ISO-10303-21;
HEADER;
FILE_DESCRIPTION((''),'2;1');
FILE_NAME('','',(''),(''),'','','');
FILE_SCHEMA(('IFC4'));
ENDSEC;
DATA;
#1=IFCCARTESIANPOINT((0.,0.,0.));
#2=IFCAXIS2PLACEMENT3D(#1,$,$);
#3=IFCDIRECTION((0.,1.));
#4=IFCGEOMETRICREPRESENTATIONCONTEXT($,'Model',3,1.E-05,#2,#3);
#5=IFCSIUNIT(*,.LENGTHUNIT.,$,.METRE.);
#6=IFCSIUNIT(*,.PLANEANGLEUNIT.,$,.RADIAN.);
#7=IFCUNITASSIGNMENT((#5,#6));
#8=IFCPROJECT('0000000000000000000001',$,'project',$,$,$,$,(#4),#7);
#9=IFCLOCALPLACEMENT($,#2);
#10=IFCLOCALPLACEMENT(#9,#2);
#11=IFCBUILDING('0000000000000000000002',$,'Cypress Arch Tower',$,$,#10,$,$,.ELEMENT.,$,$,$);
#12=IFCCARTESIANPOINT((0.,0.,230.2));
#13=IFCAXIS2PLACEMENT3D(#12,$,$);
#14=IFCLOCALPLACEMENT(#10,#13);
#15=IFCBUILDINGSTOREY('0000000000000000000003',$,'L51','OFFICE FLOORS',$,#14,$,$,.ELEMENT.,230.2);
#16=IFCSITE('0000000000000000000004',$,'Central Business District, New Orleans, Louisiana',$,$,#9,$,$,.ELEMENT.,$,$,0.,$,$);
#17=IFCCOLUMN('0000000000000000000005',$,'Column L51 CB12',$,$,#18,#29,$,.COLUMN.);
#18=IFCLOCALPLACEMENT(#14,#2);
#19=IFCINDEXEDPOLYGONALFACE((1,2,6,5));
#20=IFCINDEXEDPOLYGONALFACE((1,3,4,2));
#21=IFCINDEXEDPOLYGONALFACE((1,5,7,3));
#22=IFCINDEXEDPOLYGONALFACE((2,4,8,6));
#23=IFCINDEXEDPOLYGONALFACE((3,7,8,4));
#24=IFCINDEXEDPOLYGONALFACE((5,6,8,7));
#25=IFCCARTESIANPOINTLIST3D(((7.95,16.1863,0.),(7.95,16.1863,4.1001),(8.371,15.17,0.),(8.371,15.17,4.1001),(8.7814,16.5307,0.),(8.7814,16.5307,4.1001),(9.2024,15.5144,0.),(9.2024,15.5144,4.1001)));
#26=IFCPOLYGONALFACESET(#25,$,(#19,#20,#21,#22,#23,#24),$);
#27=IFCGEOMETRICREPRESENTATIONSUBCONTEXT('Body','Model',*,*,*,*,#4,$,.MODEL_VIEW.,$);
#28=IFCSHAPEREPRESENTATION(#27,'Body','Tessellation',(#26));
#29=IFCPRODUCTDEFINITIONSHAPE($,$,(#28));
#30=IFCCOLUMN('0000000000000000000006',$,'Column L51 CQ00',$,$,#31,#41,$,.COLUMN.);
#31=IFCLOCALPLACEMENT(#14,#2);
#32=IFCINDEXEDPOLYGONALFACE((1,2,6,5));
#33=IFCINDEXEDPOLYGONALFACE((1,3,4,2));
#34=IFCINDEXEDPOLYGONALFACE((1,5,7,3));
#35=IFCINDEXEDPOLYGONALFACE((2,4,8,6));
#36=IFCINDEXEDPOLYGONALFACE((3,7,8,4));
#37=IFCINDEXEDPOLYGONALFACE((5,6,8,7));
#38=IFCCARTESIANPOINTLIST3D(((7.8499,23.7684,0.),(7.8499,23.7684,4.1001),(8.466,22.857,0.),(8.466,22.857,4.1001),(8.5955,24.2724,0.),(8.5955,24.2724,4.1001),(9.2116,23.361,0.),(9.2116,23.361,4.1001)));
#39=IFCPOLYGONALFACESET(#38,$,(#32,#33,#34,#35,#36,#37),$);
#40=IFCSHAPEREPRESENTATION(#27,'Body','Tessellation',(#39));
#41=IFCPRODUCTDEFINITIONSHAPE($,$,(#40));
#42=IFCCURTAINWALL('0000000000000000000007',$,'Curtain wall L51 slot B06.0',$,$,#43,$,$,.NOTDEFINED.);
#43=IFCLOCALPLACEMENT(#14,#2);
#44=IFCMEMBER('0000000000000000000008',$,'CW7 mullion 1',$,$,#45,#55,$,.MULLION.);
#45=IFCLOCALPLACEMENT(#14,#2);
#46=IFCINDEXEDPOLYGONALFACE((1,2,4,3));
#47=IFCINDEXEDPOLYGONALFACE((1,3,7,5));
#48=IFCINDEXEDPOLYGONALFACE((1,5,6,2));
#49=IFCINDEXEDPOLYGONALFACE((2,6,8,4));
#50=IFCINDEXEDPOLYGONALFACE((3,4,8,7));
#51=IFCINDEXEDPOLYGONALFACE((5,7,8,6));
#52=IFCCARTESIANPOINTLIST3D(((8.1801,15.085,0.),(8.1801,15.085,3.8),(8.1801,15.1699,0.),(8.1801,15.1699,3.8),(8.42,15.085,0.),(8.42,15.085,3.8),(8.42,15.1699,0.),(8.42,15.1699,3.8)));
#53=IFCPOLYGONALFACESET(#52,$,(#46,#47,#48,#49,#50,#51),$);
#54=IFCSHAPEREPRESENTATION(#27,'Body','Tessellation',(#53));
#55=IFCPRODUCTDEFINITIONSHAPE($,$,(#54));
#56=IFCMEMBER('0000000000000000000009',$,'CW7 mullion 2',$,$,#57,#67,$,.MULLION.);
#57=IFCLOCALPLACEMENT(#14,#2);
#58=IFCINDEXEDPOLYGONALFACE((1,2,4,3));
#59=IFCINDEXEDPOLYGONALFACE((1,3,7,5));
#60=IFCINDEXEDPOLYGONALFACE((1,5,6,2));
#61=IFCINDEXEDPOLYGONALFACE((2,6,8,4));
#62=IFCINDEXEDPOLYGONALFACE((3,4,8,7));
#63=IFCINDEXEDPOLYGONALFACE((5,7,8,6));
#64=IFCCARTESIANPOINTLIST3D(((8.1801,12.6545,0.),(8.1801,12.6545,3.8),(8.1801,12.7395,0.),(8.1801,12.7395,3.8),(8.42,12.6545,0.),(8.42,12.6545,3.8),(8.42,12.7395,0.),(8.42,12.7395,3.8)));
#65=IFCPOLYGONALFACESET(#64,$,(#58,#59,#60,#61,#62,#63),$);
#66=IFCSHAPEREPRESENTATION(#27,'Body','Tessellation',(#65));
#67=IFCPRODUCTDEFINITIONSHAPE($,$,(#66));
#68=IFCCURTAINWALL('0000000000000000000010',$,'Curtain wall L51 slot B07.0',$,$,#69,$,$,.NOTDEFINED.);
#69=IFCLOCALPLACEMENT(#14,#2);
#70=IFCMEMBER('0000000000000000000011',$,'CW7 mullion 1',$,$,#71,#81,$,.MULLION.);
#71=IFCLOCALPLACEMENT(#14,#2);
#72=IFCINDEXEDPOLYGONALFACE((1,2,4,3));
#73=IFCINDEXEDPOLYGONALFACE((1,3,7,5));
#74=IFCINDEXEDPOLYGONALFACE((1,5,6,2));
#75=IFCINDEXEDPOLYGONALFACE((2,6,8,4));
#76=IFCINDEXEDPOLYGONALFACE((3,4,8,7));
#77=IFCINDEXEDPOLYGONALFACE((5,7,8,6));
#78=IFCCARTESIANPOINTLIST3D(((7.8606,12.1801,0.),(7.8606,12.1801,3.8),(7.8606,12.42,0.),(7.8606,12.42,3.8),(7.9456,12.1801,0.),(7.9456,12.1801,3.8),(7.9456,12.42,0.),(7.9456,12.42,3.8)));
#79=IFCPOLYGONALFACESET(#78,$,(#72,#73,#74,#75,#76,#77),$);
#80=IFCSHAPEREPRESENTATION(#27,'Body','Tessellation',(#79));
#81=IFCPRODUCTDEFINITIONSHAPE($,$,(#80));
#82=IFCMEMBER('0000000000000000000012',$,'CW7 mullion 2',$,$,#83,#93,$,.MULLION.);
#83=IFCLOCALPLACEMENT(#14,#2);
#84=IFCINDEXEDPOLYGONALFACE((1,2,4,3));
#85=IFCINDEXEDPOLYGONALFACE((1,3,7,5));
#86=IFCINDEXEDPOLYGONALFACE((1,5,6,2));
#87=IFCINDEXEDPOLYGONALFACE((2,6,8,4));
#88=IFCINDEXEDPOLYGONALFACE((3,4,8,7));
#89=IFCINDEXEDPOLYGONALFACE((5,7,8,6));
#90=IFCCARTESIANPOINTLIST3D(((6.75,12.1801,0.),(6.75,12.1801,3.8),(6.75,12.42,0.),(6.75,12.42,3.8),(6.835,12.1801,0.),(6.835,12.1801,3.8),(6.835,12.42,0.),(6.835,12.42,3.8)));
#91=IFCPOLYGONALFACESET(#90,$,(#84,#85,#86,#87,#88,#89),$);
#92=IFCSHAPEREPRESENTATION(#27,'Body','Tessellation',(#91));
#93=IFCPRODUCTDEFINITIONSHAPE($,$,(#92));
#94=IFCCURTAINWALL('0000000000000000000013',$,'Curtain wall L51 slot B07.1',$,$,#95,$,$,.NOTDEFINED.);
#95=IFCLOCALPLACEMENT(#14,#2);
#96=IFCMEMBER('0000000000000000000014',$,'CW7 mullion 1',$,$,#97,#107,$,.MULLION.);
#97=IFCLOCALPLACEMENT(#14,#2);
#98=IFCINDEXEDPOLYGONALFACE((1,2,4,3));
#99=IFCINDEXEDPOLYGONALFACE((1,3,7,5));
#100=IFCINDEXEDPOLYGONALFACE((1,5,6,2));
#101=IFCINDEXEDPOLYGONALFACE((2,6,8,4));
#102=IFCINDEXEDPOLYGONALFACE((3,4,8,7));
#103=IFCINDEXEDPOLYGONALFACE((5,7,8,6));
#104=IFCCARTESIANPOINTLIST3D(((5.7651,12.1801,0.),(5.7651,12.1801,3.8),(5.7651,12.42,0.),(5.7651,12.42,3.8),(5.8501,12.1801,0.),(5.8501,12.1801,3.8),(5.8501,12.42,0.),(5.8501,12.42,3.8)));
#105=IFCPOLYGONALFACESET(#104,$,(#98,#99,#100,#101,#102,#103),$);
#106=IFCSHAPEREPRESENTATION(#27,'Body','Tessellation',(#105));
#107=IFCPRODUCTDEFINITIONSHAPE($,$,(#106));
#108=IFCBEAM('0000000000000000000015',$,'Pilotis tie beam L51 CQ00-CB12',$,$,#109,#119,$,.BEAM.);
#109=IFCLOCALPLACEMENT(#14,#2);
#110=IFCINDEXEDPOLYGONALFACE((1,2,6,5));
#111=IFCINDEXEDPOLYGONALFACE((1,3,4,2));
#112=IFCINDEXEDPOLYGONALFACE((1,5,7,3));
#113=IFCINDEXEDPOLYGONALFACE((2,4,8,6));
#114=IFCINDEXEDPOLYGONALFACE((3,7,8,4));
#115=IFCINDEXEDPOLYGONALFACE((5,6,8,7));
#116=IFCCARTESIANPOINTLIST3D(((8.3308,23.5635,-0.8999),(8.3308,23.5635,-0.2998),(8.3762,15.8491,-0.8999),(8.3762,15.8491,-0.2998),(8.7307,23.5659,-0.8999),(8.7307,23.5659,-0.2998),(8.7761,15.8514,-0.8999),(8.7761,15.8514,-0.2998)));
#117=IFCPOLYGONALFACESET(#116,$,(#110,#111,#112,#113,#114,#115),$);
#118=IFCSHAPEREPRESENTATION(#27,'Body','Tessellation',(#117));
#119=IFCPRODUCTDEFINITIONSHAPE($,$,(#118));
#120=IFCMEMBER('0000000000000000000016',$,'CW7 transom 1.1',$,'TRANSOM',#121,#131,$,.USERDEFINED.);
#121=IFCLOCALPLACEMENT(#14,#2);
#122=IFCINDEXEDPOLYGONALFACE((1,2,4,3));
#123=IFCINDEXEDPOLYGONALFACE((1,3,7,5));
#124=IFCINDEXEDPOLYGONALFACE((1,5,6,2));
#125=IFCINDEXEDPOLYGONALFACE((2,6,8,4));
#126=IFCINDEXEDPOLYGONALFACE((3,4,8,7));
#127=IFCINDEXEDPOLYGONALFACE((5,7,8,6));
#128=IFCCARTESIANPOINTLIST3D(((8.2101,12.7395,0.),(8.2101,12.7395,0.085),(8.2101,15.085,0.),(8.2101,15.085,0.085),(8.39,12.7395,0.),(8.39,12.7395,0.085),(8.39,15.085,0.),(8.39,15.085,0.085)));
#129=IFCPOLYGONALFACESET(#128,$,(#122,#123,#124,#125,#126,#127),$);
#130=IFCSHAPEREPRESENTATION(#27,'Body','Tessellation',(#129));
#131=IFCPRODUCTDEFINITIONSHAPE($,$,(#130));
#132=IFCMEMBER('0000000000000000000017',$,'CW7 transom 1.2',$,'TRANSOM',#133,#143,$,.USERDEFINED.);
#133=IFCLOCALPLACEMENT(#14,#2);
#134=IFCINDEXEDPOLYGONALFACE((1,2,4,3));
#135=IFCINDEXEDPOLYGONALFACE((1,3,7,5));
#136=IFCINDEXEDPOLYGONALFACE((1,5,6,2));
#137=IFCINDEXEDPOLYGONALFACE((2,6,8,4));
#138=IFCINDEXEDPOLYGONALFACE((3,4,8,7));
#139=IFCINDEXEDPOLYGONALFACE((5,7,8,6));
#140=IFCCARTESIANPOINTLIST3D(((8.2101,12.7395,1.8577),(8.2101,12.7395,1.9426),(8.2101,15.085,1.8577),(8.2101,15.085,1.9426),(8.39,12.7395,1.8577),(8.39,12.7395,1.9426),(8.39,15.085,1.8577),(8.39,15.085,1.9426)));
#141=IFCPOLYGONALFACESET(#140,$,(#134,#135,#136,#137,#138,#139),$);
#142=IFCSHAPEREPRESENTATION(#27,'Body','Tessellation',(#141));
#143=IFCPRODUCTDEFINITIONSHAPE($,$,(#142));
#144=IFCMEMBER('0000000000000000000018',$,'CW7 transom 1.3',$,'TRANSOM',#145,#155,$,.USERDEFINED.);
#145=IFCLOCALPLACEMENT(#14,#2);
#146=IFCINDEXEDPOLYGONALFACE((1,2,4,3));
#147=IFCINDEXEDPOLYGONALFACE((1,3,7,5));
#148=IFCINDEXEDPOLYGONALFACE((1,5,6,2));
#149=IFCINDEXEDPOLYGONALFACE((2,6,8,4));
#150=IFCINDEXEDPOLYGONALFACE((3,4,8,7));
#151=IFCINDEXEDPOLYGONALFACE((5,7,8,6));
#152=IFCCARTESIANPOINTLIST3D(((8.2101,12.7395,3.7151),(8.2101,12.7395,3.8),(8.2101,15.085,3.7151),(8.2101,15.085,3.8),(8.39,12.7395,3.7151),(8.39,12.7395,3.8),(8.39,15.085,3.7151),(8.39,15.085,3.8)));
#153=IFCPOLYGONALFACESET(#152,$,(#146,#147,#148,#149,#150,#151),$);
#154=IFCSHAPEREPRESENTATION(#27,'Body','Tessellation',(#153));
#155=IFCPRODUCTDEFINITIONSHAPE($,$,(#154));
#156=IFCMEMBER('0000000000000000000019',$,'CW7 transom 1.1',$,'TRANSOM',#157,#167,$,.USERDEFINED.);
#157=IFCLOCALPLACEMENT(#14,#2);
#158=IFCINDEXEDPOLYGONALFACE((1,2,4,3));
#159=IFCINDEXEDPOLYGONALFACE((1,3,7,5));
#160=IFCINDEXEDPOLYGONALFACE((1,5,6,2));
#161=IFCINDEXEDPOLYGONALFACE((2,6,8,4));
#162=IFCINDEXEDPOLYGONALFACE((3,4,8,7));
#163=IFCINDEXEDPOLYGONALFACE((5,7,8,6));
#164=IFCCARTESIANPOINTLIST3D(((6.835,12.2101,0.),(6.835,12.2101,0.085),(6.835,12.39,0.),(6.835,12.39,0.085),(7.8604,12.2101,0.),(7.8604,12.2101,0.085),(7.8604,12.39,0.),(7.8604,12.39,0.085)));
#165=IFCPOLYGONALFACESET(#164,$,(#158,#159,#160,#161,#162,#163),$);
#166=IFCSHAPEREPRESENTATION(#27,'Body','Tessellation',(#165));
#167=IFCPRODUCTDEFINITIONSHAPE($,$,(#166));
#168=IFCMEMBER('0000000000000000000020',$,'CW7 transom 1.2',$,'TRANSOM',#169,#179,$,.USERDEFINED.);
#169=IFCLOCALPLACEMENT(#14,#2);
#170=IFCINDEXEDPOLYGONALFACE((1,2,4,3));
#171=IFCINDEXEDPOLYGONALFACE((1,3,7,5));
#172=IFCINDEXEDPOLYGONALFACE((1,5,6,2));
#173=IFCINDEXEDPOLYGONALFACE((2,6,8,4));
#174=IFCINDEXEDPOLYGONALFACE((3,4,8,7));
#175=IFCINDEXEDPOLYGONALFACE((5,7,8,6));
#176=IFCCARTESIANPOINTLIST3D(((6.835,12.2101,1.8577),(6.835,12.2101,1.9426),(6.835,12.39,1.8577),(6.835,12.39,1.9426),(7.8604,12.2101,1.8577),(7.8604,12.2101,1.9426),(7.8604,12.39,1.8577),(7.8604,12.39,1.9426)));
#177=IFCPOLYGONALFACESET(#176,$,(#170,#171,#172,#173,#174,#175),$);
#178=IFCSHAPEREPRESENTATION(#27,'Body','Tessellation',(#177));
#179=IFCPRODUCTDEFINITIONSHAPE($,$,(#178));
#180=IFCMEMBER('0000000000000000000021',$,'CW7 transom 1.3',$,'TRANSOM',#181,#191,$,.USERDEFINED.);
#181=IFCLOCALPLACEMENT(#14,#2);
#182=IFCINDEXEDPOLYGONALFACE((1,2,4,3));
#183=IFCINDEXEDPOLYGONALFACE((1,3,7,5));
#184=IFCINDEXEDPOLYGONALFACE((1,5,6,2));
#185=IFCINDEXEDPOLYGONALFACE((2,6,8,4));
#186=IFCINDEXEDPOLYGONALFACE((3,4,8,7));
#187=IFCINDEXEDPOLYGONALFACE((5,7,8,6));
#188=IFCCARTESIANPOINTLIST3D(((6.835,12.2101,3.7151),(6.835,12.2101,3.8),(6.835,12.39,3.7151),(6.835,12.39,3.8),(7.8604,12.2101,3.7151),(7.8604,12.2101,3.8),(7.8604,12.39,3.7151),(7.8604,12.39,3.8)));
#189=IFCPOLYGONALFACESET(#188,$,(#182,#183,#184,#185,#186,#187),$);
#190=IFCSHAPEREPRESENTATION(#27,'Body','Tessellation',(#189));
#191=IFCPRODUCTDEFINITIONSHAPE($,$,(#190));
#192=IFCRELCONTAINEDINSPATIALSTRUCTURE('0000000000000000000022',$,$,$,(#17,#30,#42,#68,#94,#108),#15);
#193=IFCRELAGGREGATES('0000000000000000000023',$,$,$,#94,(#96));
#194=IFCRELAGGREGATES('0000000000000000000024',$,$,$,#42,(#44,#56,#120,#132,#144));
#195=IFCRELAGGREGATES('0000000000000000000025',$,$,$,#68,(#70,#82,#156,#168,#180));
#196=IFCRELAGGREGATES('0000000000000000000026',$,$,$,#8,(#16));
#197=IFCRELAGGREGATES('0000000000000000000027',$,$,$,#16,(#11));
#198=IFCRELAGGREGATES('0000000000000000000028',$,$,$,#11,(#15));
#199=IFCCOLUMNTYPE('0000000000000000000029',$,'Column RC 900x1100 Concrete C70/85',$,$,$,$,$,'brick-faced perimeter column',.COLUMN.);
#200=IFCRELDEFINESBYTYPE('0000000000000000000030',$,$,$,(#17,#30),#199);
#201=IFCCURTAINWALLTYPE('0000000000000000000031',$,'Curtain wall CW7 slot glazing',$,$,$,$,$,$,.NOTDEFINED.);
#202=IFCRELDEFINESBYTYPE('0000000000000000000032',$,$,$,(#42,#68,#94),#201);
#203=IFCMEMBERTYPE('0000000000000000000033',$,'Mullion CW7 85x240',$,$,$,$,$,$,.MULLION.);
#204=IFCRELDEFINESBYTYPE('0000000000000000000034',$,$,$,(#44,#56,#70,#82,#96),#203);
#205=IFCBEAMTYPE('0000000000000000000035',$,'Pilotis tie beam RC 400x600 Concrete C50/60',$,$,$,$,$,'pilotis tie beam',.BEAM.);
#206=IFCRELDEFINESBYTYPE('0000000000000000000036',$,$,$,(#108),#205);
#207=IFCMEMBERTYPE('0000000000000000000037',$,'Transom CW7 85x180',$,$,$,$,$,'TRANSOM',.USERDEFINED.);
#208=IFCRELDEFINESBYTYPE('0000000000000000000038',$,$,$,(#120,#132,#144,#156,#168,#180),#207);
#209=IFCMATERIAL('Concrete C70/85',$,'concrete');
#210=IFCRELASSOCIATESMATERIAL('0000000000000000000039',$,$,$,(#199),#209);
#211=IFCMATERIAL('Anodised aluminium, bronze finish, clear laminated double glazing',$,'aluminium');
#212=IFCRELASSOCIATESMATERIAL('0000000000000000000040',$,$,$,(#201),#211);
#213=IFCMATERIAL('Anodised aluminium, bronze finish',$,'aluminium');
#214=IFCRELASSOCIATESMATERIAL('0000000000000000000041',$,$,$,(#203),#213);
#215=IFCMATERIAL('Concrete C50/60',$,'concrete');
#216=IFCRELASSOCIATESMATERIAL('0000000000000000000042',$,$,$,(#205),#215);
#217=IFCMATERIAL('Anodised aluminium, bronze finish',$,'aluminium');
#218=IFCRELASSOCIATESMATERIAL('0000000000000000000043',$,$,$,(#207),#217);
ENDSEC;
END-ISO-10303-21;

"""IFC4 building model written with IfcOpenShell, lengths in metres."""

from ifc_helpers import new_model, si_unit, direction, frame, origin, origin_2d, place, context, subcontext, project, spatial, rectangle, extrude, material, material_profile, profile_set, type_object, element, aggregate, save


model = new_model("IFC4")

# Units and contexts
model_context = context("Model", 3, precision=1e-05, world=origin(), true_north=direction((0.0, 1.0)))
body_context = subcontext(model_context, "Body", "Model", "MODEL_VIEW")
ifc_project = project(units=[si_unit("LENGTHUNIT", "METRE"), si_unit("PLANEANGLEUNIT", "RADIAN")], contexts=[model_context])

# Site, building, storey
site_placement = place(None, origin())
site = spatial("IfcSite", under=ifc_project, at=site_placement, Name="Central Business District, New Orleans, Louisiana", CompositionType="ELEMENT", RefElevation=0.0)
building_placement = place(site_placement, origin())
building = spatial("IfcBuilding", under=site, at=building_placement, Name="Cypress Arch Tower", CompositionType="ELEMENT")
storey_placement = place(building_placement, frame((0.0, 0.0, 230.2)))
storey = spatial("IfcBuildingStorey", under=building, at=storey_placement, Name="L51", Description="OFFICE FLOORS", CompositionType="ELEMENT", Elevation=230.2)

# Columns
ifc_material_1 = material(Name="Concrete C70/85", Category="concrete")
ifc_material_profile_1 = material_profile(ifc_material_1, rectangle(XDim=0.8999, YDim=1.1001, at=origin_2d()), Name="RC 900x1100")
ifc_profile_set_1 = profile_set([ifc_material_profile_1], Name="Concrete C70/85")
column_type = type_object("IfcColumnType", Name="Column RC 900x1100 Concrete C70/85", ElementType="brick-faced perimeter column", PredefinedType="COLUMN", material=ifc_profile_set_1)
for number, where, z_axis, x_axis, name in (
    (1, (8.5762, 15.8503, 0.0), (0.0, 0.0, 1.0), (-0.92388, -0.382683, 0.0), "Column L51 CB12"),
    (2, (8.5308, 23.5647, 0.0), (0.0, 0.0, 1.0), (-0.82847, -0.560034, 0.0), "Column L51 CQ00"),
):
    element("IfcColumn", number, at=place(storey_placement, frame(where, z_axis=z_axis, x_axis=x_axis)), inside=storey, type_object=column_type, Name=name, PredefinedType="COLUMN", context=body_context, shape_type="SweptSolid", body=[
        extrude(rectangle(XDim=0.8999, YDim=1.1001, at=origin_2d()), origin(), (0.0, 0.0, 1.0), 4.1001),
    ])

# Curtain walls, members
ifc_material_2 = material(Name="Anodised aluminium, bronze finish, clear laminated double glazing", Category="aluminium")
curtain_wall_type = type_object("IfcCurtainWallType", Name="Curtain wall CW7 slot glazing", PredefinedType="NOTDEFINED", material=ifc_material_2)
curtain_wall_1_placement = place(storey_placement, origin())
curtain_wall_1 = element("IfcCurtainWall", 3, at=curtain_wall_1_placement, inside=storey, type_object=curtain_wall_type, Name="Curtain wall L51 slot B06.0", PredefinedType="NOTDEFINED")
ifc_material_3 = material(Name="Anodised aluminium, bronze finish", Category="aluminium")
ifc_material_profile_2 = material_profile(ifc_material_3, rectangle(XDim=0.24, YDim=0.085, at=origin_2d()), Name="Mullion 85x240")
ifc_profile_set_2 = profile_set([ifc_material_profile_2], Name="Anodised aluminium, bronze finish")
member_type_1 = type_object("IfcMemberType", Name="Mullion CW7 85x240", PredefinedType="MULLION", material=ifc_profile_set_2)
member_1_placement = place(storey_placement, frame((8.3, 15.1274, 0.0), z_axis=(0.0, 0.0, 1.0), x_axis=(1.0, 0.0, 0.0)))
member_1 = element("IfcMember", 4, at=member_1_placement, type_object=member_type_1, Name="CW7 mullion 1", PredefinedType="MULLION", context=body_context, shape_type="SweptSolid", body=[
    extrude(rectangle(XDim=0.24, YDim=0.085, at=origin_2d()), origin(), (0.0, 0.0, 1.0), 3.8),
])
member_2_placement = place(storey_placement, frame((8.3, 12.697, 0.0), z_axis=(0.0, 0.0, 1.0), x_axis=(1.0, 0.0, 0.0)))
member_2 = element("IfcMember", 5, at=member_2_placement, type_object=member_type_1, Name="CW7 mullion 2", PredefinedType="MULLION", context=body_context, shape_type="SweptSolid", body=[
    extrude(rectangle(XDim=0.24, YDim=0.085, at=origin_2d()), origin(), (0.0, 0.0, 1.0), 3.8),
])
curtain_wall_2_placement = place(storey_placement, origin())
curtain_wall_2 = element("IfcCurtainWall", 6, at=curtain_wall_2_placement, inside=storey, type_object=curtain_wall_type, Name="Curtain wall L51 slot B07.0", PredefinedType="NOTDEFINED")
member_3_placement = place(storey_placement, frame((7.9031, 12.3, 0.0), z_axis=(0.0, 0.0, 1.0), x_axis=(0.0, -1.0, 0.0)))
member_3 = element("IfcMember", 7, at=member_3_placement, type_object=member_type_1, Name="CW7 mullion 1", PredefinedType="MULLION", context=body_context, shape_type="SweptSolid", body=[
    extrude(rectangle(XDim=0.24, YDim=0.085, at=origin_2d()), origin(), (0.0, 0.0, 1.0), 3.8),
])
member_4_placement = place(storey_placement, frame((6.7925, 12.3, 0.0), z_axis=(0.0, 0.0, 1.0), x_axis=(0.0, -1.0, 0.0)))
member_4 = element("IfcMember", 8, at=member_4_placement, type_object=member_type_1, Name="CW7 mullion 2", PredefinedType="MULLION", context=body_context, shape_type="SweptSolid", body=[
    extrude(rectangle(XDim=0.24, YDim=0.085, at=origin_2d()), origin(), (0.0, 0.0, 1.0), 3.8),
])

# Curtain wall, member
curtain_wall_3_placement = place(storey_placement, origin())
curtain_wall_3 = element("IfcCurtainWall", 9, at=curtain_wall_3_placement, inside=storey, type_object=curtain_wall_type, Name="Curtain wall L51 slot B07.1", PredefinedType="NOTDEFINED")
member_5_placement = place(storey_placement, frame((5.8076, 12.3, 0.0), z_axis=(0.0, 0.0, 1.0), x_axis=(0.0, -1.0, 0.0)))
member_5 = element("IfcMember", 10, at=member_5_placement, type_object=member_type_1, Name="CW7 mullion 1", PredefinedType="MULLION", context=body_context, shape_type="SweptSolid", body=[
    extrude(rectangle(XDim=0.24, YDim=0.085, at=origin_2d()), origin(), (0.0, 0.0, 1.0), 3.8),
])

# Beam
ifc_material_4 = material(Name="Concrete C50/60", Category="concrete")
ifc_material_profile_3 = material_profile(ifc_material_4, rectangle(XDim=0.3999, YDim=0.6001, at=origin_2d()), Name="RC 400x600")
ifc_profile_set_3 = profile_set([ifc_material_profile_3], Name="Concrete C50/60")
beam_type = type_object("IfcBeamType", Name="Pilotis tie beam RC 400x600 Concrete C50/60", ElementType="pilotis tie beam", PredefinedType="BEAM", material=ifc_profile_set_3)
beam_placement = place(storey_placement, frame((8.5308, 23.5647, -0.5999), z_axis=(0.005886, -0.999983, 0.0), x_axis=(0.999983, 0.005886, 0.0)))
element("IfcBeam", 11, at=beam_placement, inside=storey, type_object=beam_type, Name="Pilotis tie beam L51 CQ00-CB12", PredefinedType="BEAM", context=body_context, shape_type="SweptSolid", body=[
    extrude(rectangle(XDim=0.3999, YDim=0.6001, at=origin_2d()), origin(), (0.0, 0.0, 1.0), 7.7146),
])

# Members
ifc_material_5 = material(Name="Anodised aluminium, bronze finish", Category="aluminium")
ifc_material_profile_4 = material_profile(ifc_material_5, rectangle(XDim=0.1799, YDim=0.085, at=origin_2d()), Name="Transom 85x180")
ifc_profile_set_4 = profile_set([ifc_material_profile_4], Name="Anodised aluminium, bronze finish")
member_type_2 = type_object("IfcMemberType", Name="Transom CW7 85x180", ElementType="TRANSOM", PredefinedType="USERDEFINED", material=ifc_profile_set_4)
member_6_placement = place(storey_placement, frame((8.3, 15.085, 0.0425), z_axis=(0.0, -1.0, 0.0), x_axis=(1.0, 0.0, 0.0)))
member_6 = element("IfcMember", 12, at=member_6_placement, type_object=member_type_2, Name="CW7 transom 1.1", ObjectType="TRANSOM", PredefinedType="USERDEFINED", context=body_context, shape_type="SweptSolid", body=[
    extrude(rectangle(XDim=0.1799, YDim=0.085, at=origin_2d()), origin(), (0.0, 0.0, 1.0), 2.3455),
])
member_7_placement = place(storey_placement, frame((8.3, 15.085, 1.9001), z_axis=(0.0, -1.0, 0.0), x_axis=(1.0, 0.0, 0.0)))
member_7 = element("IfcMember", 13, at=member_7_placement, type_object=member_type_2, Name="CW7 transom 1.2", ObjectType="TRANSOM", PredefinedType="USERDEFINED", context=body_context, shape_type="SweptSolid", body=[
    extrude(rectangle(XDim=0.1799, YDim=0.085, at=origin_2d()), origin(), (0.0, 0.0, 1.0), 2.3455),
])
member_8_placement = place(storey_placement, frame((8.3, 15.085, 3.7576), z_axis=(0.0, -1.0, 0.0), x_axis=(1.0, 0.0, 0.0)))
member_8 = element("IfcMember", 14, at=member_8_placement, type_object=member_type_2, Name="CW7 transom 1.3", ObjectType="TRANSOM", PredefinedType="USERDEFINED", context=body_context, shape_type="SweptSolid", body=[
    extrude(rectangle(XDim=0.1799, YDim=0.085, at=origin_2d()), origin(), (0.0, 0.0, 1.0), 2.3455),
])
member_9_placement = place(storey_placement, frame((7.8604, 12.3, 0.0425), z_axis=(-1.0, 0.0, 0.0), x_axis=(0.0, -1.0, 0.0)))
member_9 = element("IfcMember", 15, at=member_9_placement, type_object=member_type_2, Name="CW7 transom 1.1", ObjectType="TRANSOM", PredefinedType="USERDEFINED", context=body_context, shape_type="SweptSolid", body=[
    extrude(rectangle(XDim=0.1799, YDim=0.085, at=origin_2d()), origin(), (0.0, 0.0, 1.0), 1.0254),
])
member_10_placement = place(storey_placement, frame((7.8604, 12.3, 1.9001), z_axis=(-1.0, 0.0, 0.0), x_axis=(0.0, -1.0, 0.0)))
member_10 = element("IfcMember", 16, at=member_10_placement, type_object=member_type_2, Name="CW7 transom 1.2", ObjectType="TRANSOM", PredefinedType="USERDEFINED", context=body_context, shape_type="SweptSolid", body=[
    extrude(rectangle(XDim=0.1799, YDim=0.085, at=origin_2d()), origin(), (0.0, 0.0, 1.0), 1.0254),
])
member_11_placement = place(storey_placement, frame((7.8604, 12.3, 3.7576), z_axis=(-1.0, 0.0, 0.0), x_axis=(0.0, -1.0, 0.0)))
member_11 = element("IfcMember", 17, at=member_11_placement, type_object=member_type_2, Name="CW7 transom 1.3", ObjectType="TRANSOM", PredefinedType="USERDEFINED", context=body_context, shape_type="SweptSolid", body=[
    extrude(rectangle(XDim=0.1799, YDim=0.085, at=origin_2d()), origin(), (0.0, 0.0, 1.0), 1.0254),
])
aggregate(curtain_wall_3, [member_5])

aggregate(curtain_wall_1, [member_1, member_2, member_6, member_7, member_8])
aggregate(curtain_wall_2, [member_3, member_4, member_9, member_10, member_11])

save(model, "model.ifc")
